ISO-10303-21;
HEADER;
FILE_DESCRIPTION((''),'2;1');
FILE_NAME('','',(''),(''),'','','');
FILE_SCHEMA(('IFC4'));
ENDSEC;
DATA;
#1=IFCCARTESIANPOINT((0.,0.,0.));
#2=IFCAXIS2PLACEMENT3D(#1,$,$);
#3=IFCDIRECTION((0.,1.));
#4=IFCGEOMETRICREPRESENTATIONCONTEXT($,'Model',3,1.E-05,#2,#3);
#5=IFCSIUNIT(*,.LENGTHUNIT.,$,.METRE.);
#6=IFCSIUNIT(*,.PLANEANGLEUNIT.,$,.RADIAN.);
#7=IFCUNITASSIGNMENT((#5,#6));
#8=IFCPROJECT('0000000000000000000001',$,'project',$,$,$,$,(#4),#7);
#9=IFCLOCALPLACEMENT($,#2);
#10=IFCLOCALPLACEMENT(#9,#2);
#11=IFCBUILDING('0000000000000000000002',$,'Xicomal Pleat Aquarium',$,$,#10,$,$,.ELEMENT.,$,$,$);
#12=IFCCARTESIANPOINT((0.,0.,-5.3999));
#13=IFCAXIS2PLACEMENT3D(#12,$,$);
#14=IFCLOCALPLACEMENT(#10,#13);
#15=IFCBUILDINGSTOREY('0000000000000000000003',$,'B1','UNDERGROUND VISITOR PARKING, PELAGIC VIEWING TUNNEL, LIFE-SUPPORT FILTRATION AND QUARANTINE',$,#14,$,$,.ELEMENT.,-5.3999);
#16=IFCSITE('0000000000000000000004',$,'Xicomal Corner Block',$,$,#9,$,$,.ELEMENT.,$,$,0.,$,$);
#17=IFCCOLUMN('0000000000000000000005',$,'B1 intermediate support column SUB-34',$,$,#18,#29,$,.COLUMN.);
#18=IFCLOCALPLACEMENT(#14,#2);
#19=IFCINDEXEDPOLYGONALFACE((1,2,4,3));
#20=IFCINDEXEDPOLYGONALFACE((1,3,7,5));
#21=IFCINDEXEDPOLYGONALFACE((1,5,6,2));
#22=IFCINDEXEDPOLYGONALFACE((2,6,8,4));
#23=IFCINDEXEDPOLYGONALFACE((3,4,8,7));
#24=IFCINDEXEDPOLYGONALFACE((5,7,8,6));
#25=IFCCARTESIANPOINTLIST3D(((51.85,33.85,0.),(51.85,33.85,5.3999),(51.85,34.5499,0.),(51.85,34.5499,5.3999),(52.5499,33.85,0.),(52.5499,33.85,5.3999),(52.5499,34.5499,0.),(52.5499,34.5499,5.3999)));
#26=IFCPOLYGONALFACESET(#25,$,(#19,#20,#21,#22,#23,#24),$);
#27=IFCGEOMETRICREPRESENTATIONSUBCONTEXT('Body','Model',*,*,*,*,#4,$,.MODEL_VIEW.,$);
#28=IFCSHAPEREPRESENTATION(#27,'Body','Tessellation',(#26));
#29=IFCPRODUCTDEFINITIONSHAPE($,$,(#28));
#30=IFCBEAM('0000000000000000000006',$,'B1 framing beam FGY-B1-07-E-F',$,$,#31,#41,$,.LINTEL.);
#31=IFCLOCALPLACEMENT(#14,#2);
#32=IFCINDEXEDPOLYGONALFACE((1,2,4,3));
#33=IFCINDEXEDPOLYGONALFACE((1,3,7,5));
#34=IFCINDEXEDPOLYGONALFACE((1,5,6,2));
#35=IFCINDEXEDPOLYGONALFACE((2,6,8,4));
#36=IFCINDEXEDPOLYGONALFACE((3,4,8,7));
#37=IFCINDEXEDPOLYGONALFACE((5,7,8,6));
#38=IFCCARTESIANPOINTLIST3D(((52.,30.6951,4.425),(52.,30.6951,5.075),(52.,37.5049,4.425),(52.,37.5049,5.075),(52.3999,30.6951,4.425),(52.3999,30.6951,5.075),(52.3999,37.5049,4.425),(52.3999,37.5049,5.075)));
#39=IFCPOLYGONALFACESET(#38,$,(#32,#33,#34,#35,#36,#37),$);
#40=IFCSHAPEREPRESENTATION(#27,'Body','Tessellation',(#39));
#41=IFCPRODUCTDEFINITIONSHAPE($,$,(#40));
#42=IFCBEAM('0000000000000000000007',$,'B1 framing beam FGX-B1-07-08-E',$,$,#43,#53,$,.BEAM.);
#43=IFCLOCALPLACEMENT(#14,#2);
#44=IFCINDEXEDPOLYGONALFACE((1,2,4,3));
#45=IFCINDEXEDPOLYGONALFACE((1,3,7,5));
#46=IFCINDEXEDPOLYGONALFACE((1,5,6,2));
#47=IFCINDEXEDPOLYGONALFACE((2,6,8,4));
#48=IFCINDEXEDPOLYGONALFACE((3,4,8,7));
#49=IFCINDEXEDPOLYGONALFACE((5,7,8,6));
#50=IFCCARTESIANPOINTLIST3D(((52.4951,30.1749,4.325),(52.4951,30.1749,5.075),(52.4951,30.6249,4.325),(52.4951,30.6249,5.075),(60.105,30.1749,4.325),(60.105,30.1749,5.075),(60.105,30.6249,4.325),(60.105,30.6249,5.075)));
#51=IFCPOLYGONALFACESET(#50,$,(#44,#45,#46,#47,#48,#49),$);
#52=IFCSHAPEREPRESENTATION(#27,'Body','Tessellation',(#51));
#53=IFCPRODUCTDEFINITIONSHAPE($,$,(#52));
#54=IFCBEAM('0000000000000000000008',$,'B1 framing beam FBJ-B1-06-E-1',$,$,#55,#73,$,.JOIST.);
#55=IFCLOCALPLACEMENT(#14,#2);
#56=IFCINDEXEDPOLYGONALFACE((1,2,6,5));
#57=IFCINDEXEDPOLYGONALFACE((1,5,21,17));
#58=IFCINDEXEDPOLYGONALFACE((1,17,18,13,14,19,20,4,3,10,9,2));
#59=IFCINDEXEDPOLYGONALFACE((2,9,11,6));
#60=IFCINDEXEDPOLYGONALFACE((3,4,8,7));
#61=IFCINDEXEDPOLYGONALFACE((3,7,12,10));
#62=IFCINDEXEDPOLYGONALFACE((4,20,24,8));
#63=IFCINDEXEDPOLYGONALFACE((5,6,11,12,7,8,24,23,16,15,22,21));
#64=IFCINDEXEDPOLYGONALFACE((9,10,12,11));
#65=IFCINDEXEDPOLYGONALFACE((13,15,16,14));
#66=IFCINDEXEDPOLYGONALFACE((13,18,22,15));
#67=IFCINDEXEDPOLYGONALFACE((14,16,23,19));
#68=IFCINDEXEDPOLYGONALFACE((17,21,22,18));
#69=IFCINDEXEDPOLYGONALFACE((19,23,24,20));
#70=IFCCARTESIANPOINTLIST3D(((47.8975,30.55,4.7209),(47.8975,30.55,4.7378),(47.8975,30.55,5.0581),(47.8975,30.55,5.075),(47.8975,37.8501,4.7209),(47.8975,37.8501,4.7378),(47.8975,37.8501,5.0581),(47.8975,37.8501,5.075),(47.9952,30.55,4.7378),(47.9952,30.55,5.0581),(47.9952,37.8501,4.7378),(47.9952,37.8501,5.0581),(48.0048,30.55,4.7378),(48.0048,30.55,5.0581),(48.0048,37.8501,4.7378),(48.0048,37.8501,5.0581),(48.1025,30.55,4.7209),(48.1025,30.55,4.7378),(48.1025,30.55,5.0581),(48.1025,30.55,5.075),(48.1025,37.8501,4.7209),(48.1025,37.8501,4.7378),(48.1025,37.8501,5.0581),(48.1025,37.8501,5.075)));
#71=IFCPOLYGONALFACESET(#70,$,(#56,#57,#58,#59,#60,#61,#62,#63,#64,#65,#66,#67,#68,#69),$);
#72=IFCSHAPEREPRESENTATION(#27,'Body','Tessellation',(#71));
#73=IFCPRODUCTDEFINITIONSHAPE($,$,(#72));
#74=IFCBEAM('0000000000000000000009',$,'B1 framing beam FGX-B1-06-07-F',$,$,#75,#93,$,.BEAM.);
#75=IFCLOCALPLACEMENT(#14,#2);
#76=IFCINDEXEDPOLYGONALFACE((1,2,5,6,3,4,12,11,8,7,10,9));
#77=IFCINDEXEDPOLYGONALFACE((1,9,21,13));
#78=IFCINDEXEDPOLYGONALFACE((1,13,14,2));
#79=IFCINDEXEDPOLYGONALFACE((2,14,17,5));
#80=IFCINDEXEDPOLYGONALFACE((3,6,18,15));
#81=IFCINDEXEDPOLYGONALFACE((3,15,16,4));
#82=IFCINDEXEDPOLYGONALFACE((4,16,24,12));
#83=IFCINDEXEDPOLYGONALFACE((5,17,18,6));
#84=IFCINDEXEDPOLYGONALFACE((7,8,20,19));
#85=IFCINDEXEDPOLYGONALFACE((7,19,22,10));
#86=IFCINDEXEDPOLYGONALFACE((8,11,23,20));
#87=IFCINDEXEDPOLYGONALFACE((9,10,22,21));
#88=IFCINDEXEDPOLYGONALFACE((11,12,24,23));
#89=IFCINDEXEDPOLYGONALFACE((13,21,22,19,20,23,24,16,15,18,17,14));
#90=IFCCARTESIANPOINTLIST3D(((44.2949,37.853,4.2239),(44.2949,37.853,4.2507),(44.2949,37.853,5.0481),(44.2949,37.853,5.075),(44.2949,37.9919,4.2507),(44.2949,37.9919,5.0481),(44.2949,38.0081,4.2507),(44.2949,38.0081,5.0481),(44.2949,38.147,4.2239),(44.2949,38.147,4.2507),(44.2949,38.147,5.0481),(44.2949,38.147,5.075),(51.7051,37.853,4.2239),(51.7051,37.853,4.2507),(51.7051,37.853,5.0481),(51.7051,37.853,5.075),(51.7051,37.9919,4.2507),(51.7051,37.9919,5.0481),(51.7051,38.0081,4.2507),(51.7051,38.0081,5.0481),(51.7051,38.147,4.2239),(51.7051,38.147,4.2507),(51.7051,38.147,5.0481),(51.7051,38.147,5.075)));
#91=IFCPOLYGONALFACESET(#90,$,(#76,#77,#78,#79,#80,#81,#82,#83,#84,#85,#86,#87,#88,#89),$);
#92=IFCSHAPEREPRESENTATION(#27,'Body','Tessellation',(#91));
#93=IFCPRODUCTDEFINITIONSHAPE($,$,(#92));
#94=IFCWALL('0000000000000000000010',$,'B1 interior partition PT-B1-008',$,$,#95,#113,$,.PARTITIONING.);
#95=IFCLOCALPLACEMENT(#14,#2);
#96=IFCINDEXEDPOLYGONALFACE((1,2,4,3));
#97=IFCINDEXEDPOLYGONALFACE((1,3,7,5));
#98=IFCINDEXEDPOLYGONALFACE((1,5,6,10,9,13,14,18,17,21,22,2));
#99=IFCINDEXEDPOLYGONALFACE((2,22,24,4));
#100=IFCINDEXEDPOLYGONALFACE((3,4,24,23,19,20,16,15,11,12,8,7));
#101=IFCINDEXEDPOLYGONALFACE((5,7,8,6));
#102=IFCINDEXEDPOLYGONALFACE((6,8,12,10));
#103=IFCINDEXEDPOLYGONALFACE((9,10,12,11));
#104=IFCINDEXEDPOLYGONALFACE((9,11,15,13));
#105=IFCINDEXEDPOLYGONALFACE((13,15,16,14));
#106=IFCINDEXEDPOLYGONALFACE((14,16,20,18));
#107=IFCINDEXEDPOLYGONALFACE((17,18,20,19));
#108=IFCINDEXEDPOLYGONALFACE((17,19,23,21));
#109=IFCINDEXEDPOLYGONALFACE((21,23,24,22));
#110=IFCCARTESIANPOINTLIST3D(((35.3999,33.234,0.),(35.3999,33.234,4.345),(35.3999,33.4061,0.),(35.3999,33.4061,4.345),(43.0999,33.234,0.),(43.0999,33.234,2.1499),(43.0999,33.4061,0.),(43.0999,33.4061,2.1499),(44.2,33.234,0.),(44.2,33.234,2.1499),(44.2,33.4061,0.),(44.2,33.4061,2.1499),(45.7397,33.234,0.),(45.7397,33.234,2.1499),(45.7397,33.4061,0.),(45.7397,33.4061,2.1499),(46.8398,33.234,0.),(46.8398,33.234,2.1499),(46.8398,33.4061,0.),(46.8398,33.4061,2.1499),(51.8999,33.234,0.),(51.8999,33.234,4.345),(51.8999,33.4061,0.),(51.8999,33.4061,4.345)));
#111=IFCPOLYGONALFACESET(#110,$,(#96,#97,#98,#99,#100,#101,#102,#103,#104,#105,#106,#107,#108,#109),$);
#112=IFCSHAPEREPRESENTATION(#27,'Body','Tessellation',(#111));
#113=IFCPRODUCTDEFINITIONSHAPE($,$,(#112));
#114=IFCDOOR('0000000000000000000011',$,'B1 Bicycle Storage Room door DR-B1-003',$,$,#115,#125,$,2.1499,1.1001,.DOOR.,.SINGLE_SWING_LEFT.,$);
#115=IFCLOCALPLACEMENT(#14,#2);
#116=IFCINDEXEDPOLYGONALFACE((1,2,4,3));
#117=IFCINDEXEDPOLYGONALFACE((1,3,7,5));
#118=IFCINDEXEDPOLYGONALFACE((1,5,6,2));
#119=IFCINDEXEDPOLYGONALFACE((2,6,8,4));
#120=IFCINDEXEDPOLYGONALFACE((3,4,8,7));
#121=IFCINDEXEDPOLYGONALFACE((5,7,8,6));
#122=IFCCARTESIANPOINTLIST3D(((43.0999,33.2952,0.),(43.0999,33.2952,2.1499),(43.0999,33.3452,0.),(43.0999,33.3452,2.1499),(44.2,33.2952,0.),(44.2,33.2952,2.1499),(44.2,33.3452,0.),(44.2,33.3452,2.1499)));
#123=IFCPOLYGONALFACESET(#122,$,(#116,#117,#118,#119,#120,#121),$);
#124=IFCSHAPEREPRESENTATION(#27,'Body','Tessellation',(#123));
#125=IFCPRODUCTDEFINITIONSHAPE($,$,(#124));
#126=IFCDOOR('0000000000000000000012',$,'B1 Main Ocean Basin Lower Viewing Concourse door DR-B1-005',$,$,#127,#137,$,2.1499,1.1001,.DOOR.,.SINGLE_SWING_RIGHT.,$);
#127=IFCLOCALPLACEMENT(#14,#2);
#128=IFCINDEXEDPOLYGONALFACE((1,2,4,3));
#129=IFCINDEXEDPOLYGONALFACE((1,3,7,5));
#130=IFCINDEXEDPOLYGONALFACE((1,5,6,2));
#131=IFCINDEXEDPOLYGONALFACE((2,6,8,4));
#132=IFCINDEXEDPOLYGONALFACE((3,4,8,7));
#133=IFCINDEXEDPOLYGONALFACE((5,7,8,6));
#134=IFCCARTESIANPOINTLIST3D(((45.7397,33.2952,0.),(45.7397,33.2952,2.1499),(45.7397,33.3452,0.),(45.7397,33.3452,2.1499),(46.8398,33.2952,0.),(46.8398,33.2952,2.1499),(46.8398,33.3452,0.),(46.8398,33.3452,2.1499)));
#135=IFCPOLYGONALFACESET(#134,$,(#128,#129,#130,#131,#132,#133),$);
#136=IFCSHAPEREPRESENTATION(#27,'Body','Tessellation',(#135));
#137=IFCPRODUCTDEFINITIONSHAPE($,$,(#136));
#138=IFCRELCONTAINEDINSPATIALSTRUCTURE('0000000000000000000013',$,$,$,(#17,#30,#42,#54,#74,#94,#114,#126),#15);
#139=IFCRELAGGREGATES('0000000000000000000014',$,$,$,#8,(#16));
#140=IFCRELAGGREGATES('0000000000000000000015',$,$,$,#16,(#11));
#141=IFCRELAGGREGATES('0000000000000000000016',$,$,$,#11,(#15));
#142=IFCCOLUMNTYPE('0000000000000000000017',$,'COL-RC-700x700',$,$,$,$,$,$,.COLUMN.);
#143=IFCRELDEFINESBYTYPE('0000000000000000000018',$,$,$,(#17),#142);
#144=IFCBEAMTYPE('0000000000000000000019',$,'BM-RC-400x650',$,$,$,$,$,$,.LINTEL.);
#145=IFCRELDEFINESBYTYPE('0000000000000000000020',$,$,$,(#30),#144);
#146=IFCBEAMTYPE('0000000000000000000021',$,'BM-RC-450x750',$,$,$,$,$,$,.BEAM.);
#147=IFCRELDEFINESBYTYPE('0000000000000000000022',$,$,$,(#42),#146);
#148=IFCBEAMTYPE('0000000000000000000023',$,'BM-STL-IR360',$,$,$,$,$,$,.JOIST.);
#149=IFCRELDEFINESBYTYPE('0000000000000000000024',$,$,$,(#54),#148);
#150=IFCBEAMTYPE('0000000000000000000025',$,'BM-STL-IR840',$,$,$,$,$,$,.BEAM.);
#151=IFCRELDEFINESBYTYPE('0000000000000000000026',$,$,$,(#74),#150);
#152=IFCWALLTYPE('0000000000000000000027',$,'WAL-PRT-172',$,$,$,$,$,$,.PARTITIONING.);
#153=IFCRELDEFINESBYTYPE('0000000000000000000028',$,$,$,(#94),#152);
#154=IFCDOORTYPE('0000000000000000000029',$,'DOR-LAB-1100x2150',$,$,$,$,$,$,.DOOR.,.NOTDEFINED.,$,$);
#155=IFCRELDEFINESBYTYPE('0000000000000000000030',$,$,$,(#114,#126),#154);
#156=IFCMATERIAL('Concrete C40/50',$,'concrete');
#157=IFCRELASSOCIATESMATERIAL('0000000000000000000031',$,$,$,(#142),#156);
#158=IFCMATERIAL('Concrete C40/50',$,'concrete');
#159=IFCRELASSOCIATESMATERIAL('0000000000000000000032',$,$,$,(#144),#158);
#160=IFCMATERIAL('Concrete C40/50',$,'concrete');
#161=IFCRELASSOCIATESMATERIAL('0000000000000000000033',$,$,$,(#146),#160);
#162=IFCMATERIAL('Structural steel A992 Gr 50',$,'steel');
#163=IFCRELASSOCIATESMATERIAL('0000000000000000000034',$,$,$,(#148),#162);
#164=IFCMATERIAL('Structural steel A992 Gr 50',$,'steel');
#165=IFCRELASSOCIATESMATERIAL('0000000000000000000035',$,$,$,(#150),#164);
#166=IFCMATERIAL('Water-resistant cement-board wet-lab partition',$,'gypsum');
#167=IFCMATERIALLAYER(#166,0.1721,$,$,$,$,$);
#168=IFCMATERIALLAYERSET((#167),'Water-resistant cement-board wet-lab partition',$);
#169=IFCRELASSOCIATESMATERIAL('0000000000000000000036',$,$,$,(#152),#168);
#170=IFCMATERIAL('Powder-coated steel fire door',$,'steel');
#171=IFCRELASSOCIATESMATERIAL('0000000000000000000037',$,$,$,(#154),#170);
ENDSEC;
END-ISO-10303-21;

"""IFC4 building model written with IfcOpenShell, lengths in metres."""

from ifc_helpers import new_model, si_unit, direction, frame, frame_2d, origin, origin_2d, place, context, subcontext, project, spatial, rectangle, i_section, extrude, material, layer, layer_set, material_profile, profile_set, type_object, element, fill, save


model = new_model("IFC4")

# Units and contexts
model_context = context("Model", 3, precision=1e-05, world=origin(), true_north=direction((0.0, 1.0)))
body_context = subcontext(model_context, "Body", "Model", "MODEL_VIEW")
ifc_project = project(units=[si_unit("LENGTHUNIT", "METRE"), si_unit("PLANEANGLEUNIT", "RADIAN")], contexts=[model_context])

# Site, building, storey
site_placement = place(None, origin())
site = spatial("IfcSite", under=ifc_project, at=site_placement, Name="Xicomal Corner Block", CompositionType="ELEMENT", RefElevation=0.0)
building_placement = place(site_placement, origin())
building = spatial("IfcBuilding", under=site, at=building_placement, Name="Xicomal Pleat Aquarium", CompositionType="ELEMENT")
storey_placement = place(building_placement, frame((0.0, 0.0, -5.3999)))
storey = spatial("IfcBuildingStorey", under=building, at=storey_placement, Name="B1", Description="UNDERGROUND VISITOR PARKING, PELAGIC VIEWING TUNNEL, LIFE-SUPPORT FILTRATION AND QUARANTINE", CompositionType="ELEMENT", Elevation=-5.3999)

# Column
ifc_material_1 = material(Name="Concrete C40/50", Category="concrete")
ifc_material_profile_1 = material_profile(ifc_material_1, rectangle(XDim=0.7, YDim=0.7, at=origin_2d()), Name="RC 700x700")
ifc_profile_set_1 = profile_set([ifc_material_profile_1], Name="Concrete C40/50")
column_type_1 = type_object("IfcColumnType", Name="COL-RC-700x700", PredefinedType="COLUMN", material=ifc_profile_set_1)
for number, where, z_axis, x_axis, name in (
    (1, (52.2, 34.2, 0.0), (0.0, 0.0, 1.0), (1.0, 0.0, 0.0), "B1 intermediate support column SUB-34"),
):
    element("IfcColumn", number, at=place(storey_placement, frame(where, z_axis=z_axis, x_axis=x_axis)), inside=storey, type_object=column_type_1, Name=name, PredefinedType="COLUMN", context=body_context, shape_type="SweptSolid", body=[
        extrude(rectangle(XDim=0.7, YDim=0.7, at=origin_2d()), origin(), (0.0, 0.0, 1.0), 5.3999),
    ])

# Beams
ifc_material_2 = material(Name="Concrete C40/50", Category="concrete")
ifc_material_profile_2 = material_profile(ifc_material_2, rectangle(XDim=0.3999, YDim=0.6499, at=origin_2d()), Name="RC 400x650")
ifc_profile_set_2 = profile_set([ifc_material_profile_2], Name="Concrete C40/50")
beam_type_1 = type_object("IfcBeamType", Name="BM-RC-400x650", PredefinedType="LINTEL", material=ifc_profile_set_2)
beam_1_placement = place(storey_placement, frame((52.2, 30.6951, 4.75), z_axis=(0.0, 1.0, 0.0), x_axis=(-1.0, 0.0, 0.0)))
element("IfcBeam", 2, at=beam_1_placement, inside=storey, type_object=beam_type_1, Name="B1 framing beam FGY-B1-07-E-F", PredefinedType="LINTEL", context=body_context, shape_type="SweptSolid", body=[
    extrude(rectangle(XDim=0.3999, YDim=0.6499, at=origin_2d()), origin(), (0.0, 0.0, 1.0), 6.8098),
])
ifc_material_3 = material(Name="Concrete C40/50", Category="concrete")
ifc_material_profile_3 = material_profile(ifc_material_3, rectangle(XDim=0.45, YDim=0.75, at=origin_2d()), Name="RC 450x750")
ifc_profile_set_3 = profile_set([ifc_material_profile_3], Name="Concrete C40/50")
beam_type_2 = type_object("IfcBeamType", Name="BM-RC-450x750", PredefinedType="BEAM", material=ifc_profile_set_3)
beam_2_placement = place(storey_placement, frame((52.4951, 30.3999, 4.7), z_axis=(1.0, 0.0, 0.0), x_axis=(0.0, 1.0, 0.0)))
element("IfcBeam", 3, at=beam_2_placement, inside=storey, type_object=beam_type_2, Name="B1 framing beam FGX-B1-07-08-E", PredefinedType="BEAM", context=body_context, shape_type="SweptSolid", body=[
    extrude(rectangle(XDim=0.45, YDim=0.75, at=origin_2d()), origin(), (0.0, 0.0, 1.0), 7.6099),
])
ifc_material_4 = material(Name="Structural steel A992 Gr 50", Category="steel")
ifc_material_profile_4 = material_profile(ifc_material_4, i_section(OverallWidth=0.2051, OverallDepth=0.354, WebThickness=0.0095, FlangeThickness=0.0168, at=origin_2d()), Name="IR 360x79")
ifc_profile_set_4 = profile_set([ifc_material_profile_4], Name="Structural steel A992 Gr 50")
beam_type_3 = type_object("IfcBeamType", Name="BM-STL-IR360", PredefinedType="JOIST", material=ifc_profile_set_4)
beam_3_placement = place(storey_placement, frame((48.0, 30.55, 4.8979), z_axis=(0.0, 1.0, 0.0), x_axis=(-1.0, 0.0, 0.0)))
element("IfcBeam", 4, at=beam_3_placement, inside=storey, type_object=beam_type_3, Name="B1 framing beam FBJ-B1-06-E-1", PredefinedType="JOIST", context=body_context, shape_type="SweptSolid", body=[
    extrude(i_section(OverallWidth=0.2051, OverallDepth=0.354, WebThickness=0.0095, FlangeThickness=0.0168, at=origin_2d()), origin(), (0.0, 0.0, 1.0), 7.3),
])
ifc_material_5 = material(Name="Structural steel A992 Gr 50", Category="steel")
ifc_material_profile_5 = material_profile(ifc_material_5, i_section(OverallWidth=0.2939, OverallDepth=0.8511, WebThickness=0.0161, FlangeThickness=0.0269, at=origin_2d()), Name="IR 840x226")
ifc_profile_set_5 = profile_set([ifc_material_profile_5], Name="Structural steel A992 Gr 50")
beam_type_4 = type_object("IfcBeamType", Name="BM-STL-IR840", PredefinedType="BEAM", material=ifc_profile_set_5)
beam_4_placement = place(storey_placement, frame((44.2949, 38.0, 4.6494), z_axis=(1.0, 0.0, 0.0), x_axis=(0.0, 1.0, 0.0)))
element("IfcBeam", 5, at=beam_4_placement, inside=storey, type_object=beam_type_4, Name="B1 framing beam FGX-B1-06-07-F", PredefinedType="BEAM", context=body_context, shape_type="SweptSolid", body=[
    extrude(i_section(OverallWidth=0.2939, OverallDepth=0.8511, WebThickness=0.0161, FlangeThickness=0.0269, at=origin_2d()), origin(), (0.0, 0.0, 1.0), 7.4102),
])

# Wall, openings, doors
ifc_material_6 = material(Name="Water-resistant cement-board wet-lab partition", Category="gypsum")
ifc_layer = layer(ifc_material_6, 0.1721)
ifc_layer_set = layer_set([ifc_layer], Name="Water-resistant cement-board wet-lab partition")
wall_type = type_object("IfcWallType", Name="WAL-PRT-172", PredefinedType="PARTITIONING", material=ifc_layer_set)
wall_placement = place(storey_placement, frame((51.8999, 33.3201, 0.0), z_axis=(0.0, 0.0, 1.0), x_axis=(-1.0, 0.0, 0.0)))
wall = element("IfcWall", 6, at=wall_placement, inside=storey, type_object=wall_type, Name="B1 interior partition PT-B1-008", PredefinedType="PARTITIONING", context=body_context, shape_type="SweptSolid", body=[
    extrude(rectangle(XDim=16.5, YDim=0.1721, at=frame_2d((8.25, 0.0))), origin(), (0.0, 0.0, 1.0), 4.345),
])
opening_1_placement = place(wall_placement, frame((7.7, 0.0, 0.0)))
opening_1 = element("IfcOpeningElement", 7, at=opening_1_placement, cuts=wall, PredefinedType="OPENING", context=body_context, shape_type="SweptSolid", body=[
    extrude(rectangle(XDim=1.1001, YDim=2.1499, at=frame_2d((0.55, 1.075))), frame((0.0, 0.0959, 0.0), z_axis=(0.0, -1.0, 0.0), x_axis=(1.0, 0.0, 0.0)), (0.0, 0.0, 1.0), 0.1921),
])
opening_2_placement = place(wall_placement, frame((5.0601, 0.0, 0.0)))
opening_2 = element("IfcOpeningElement", 8, at=opening_2_placement, cuts=wall, PredefinedType="OPENING", context=body_context, shape_type="SweptSolid", body=[
    extrude(rectangle(XDim=1.1001, YDim=2.1499, at=frame_2d((0.55, 1.075))), frame((0.0, 0.0959, 0.0), z_axis=(0.0, -1.0, 0.0), x_axis=(1.0, 0.0, 0.0)), (0.0, 0.0, 1.0), 0.1921),
])
ifc_material_7 = material(Name="Powder-coated steel fire door", Category="steel")
door_type = type_object("IfcDoorType", Name="DOR-LAB-1100x2150", OperationType="NOTDEFINED", PredefinedType="DOOR", material=ifc_material_7)
door_1_placement = place(opening_1_placement, origin())
door_1 = element("IfcDoor", 9, at=door_1_placement, inside=storey, type_object=door_type, Name="B1 Bicycle Storage Room door DR-B1-003", OperationType="SINGLE_SWING_LEFT", OverallHeight=2.1499, OverallWidth=1.1001, PredefinedType="DOOR", context=body_context, shape_type="SweptSolid", body=[
    extrude(rectangle(XDim=1.1001, YDim=2.1499, at=frame_2d((0.55, 1.075))), frame((0.0, 0.0249, 0.0), z_axis=(0.0, -1.0, 0.0), x_axis=(1.0, 0.0, 0.0)), (0.0, 0.0, 1.0), 0.05),
])
fill(opening_1, door_1)
door_2_placement = place(opening_2_placement, origin())
door_2 = element("IfcDoor", 10, at=door_2_placement, inside=storey, type_object=door_type, Name="B1 Main Ocean Basin Lower Viewing Concourse door DR-B1-005", OperationType="SINGLE_SWING_RIGHT", OverallHeight=2.1499, OverallWidth=1.1001, PredefinedType="DOOR", context=body_context, shape_type="SweptSolid", body=[
    extrude(rectangle(XDim=1.1001, YDim=2.1499, at=frame_2d((0.55, 1.075))), frame((0.0, 0.0249, 0.0), z_axis=(0.0, -1.0, 0.0), x_axis=(1.0, 0.0, 0.0)), (0.0, 0.0, 1.0), 0.05),
])
fill(opening_2, door_2)

save(model, "model.ifc")
